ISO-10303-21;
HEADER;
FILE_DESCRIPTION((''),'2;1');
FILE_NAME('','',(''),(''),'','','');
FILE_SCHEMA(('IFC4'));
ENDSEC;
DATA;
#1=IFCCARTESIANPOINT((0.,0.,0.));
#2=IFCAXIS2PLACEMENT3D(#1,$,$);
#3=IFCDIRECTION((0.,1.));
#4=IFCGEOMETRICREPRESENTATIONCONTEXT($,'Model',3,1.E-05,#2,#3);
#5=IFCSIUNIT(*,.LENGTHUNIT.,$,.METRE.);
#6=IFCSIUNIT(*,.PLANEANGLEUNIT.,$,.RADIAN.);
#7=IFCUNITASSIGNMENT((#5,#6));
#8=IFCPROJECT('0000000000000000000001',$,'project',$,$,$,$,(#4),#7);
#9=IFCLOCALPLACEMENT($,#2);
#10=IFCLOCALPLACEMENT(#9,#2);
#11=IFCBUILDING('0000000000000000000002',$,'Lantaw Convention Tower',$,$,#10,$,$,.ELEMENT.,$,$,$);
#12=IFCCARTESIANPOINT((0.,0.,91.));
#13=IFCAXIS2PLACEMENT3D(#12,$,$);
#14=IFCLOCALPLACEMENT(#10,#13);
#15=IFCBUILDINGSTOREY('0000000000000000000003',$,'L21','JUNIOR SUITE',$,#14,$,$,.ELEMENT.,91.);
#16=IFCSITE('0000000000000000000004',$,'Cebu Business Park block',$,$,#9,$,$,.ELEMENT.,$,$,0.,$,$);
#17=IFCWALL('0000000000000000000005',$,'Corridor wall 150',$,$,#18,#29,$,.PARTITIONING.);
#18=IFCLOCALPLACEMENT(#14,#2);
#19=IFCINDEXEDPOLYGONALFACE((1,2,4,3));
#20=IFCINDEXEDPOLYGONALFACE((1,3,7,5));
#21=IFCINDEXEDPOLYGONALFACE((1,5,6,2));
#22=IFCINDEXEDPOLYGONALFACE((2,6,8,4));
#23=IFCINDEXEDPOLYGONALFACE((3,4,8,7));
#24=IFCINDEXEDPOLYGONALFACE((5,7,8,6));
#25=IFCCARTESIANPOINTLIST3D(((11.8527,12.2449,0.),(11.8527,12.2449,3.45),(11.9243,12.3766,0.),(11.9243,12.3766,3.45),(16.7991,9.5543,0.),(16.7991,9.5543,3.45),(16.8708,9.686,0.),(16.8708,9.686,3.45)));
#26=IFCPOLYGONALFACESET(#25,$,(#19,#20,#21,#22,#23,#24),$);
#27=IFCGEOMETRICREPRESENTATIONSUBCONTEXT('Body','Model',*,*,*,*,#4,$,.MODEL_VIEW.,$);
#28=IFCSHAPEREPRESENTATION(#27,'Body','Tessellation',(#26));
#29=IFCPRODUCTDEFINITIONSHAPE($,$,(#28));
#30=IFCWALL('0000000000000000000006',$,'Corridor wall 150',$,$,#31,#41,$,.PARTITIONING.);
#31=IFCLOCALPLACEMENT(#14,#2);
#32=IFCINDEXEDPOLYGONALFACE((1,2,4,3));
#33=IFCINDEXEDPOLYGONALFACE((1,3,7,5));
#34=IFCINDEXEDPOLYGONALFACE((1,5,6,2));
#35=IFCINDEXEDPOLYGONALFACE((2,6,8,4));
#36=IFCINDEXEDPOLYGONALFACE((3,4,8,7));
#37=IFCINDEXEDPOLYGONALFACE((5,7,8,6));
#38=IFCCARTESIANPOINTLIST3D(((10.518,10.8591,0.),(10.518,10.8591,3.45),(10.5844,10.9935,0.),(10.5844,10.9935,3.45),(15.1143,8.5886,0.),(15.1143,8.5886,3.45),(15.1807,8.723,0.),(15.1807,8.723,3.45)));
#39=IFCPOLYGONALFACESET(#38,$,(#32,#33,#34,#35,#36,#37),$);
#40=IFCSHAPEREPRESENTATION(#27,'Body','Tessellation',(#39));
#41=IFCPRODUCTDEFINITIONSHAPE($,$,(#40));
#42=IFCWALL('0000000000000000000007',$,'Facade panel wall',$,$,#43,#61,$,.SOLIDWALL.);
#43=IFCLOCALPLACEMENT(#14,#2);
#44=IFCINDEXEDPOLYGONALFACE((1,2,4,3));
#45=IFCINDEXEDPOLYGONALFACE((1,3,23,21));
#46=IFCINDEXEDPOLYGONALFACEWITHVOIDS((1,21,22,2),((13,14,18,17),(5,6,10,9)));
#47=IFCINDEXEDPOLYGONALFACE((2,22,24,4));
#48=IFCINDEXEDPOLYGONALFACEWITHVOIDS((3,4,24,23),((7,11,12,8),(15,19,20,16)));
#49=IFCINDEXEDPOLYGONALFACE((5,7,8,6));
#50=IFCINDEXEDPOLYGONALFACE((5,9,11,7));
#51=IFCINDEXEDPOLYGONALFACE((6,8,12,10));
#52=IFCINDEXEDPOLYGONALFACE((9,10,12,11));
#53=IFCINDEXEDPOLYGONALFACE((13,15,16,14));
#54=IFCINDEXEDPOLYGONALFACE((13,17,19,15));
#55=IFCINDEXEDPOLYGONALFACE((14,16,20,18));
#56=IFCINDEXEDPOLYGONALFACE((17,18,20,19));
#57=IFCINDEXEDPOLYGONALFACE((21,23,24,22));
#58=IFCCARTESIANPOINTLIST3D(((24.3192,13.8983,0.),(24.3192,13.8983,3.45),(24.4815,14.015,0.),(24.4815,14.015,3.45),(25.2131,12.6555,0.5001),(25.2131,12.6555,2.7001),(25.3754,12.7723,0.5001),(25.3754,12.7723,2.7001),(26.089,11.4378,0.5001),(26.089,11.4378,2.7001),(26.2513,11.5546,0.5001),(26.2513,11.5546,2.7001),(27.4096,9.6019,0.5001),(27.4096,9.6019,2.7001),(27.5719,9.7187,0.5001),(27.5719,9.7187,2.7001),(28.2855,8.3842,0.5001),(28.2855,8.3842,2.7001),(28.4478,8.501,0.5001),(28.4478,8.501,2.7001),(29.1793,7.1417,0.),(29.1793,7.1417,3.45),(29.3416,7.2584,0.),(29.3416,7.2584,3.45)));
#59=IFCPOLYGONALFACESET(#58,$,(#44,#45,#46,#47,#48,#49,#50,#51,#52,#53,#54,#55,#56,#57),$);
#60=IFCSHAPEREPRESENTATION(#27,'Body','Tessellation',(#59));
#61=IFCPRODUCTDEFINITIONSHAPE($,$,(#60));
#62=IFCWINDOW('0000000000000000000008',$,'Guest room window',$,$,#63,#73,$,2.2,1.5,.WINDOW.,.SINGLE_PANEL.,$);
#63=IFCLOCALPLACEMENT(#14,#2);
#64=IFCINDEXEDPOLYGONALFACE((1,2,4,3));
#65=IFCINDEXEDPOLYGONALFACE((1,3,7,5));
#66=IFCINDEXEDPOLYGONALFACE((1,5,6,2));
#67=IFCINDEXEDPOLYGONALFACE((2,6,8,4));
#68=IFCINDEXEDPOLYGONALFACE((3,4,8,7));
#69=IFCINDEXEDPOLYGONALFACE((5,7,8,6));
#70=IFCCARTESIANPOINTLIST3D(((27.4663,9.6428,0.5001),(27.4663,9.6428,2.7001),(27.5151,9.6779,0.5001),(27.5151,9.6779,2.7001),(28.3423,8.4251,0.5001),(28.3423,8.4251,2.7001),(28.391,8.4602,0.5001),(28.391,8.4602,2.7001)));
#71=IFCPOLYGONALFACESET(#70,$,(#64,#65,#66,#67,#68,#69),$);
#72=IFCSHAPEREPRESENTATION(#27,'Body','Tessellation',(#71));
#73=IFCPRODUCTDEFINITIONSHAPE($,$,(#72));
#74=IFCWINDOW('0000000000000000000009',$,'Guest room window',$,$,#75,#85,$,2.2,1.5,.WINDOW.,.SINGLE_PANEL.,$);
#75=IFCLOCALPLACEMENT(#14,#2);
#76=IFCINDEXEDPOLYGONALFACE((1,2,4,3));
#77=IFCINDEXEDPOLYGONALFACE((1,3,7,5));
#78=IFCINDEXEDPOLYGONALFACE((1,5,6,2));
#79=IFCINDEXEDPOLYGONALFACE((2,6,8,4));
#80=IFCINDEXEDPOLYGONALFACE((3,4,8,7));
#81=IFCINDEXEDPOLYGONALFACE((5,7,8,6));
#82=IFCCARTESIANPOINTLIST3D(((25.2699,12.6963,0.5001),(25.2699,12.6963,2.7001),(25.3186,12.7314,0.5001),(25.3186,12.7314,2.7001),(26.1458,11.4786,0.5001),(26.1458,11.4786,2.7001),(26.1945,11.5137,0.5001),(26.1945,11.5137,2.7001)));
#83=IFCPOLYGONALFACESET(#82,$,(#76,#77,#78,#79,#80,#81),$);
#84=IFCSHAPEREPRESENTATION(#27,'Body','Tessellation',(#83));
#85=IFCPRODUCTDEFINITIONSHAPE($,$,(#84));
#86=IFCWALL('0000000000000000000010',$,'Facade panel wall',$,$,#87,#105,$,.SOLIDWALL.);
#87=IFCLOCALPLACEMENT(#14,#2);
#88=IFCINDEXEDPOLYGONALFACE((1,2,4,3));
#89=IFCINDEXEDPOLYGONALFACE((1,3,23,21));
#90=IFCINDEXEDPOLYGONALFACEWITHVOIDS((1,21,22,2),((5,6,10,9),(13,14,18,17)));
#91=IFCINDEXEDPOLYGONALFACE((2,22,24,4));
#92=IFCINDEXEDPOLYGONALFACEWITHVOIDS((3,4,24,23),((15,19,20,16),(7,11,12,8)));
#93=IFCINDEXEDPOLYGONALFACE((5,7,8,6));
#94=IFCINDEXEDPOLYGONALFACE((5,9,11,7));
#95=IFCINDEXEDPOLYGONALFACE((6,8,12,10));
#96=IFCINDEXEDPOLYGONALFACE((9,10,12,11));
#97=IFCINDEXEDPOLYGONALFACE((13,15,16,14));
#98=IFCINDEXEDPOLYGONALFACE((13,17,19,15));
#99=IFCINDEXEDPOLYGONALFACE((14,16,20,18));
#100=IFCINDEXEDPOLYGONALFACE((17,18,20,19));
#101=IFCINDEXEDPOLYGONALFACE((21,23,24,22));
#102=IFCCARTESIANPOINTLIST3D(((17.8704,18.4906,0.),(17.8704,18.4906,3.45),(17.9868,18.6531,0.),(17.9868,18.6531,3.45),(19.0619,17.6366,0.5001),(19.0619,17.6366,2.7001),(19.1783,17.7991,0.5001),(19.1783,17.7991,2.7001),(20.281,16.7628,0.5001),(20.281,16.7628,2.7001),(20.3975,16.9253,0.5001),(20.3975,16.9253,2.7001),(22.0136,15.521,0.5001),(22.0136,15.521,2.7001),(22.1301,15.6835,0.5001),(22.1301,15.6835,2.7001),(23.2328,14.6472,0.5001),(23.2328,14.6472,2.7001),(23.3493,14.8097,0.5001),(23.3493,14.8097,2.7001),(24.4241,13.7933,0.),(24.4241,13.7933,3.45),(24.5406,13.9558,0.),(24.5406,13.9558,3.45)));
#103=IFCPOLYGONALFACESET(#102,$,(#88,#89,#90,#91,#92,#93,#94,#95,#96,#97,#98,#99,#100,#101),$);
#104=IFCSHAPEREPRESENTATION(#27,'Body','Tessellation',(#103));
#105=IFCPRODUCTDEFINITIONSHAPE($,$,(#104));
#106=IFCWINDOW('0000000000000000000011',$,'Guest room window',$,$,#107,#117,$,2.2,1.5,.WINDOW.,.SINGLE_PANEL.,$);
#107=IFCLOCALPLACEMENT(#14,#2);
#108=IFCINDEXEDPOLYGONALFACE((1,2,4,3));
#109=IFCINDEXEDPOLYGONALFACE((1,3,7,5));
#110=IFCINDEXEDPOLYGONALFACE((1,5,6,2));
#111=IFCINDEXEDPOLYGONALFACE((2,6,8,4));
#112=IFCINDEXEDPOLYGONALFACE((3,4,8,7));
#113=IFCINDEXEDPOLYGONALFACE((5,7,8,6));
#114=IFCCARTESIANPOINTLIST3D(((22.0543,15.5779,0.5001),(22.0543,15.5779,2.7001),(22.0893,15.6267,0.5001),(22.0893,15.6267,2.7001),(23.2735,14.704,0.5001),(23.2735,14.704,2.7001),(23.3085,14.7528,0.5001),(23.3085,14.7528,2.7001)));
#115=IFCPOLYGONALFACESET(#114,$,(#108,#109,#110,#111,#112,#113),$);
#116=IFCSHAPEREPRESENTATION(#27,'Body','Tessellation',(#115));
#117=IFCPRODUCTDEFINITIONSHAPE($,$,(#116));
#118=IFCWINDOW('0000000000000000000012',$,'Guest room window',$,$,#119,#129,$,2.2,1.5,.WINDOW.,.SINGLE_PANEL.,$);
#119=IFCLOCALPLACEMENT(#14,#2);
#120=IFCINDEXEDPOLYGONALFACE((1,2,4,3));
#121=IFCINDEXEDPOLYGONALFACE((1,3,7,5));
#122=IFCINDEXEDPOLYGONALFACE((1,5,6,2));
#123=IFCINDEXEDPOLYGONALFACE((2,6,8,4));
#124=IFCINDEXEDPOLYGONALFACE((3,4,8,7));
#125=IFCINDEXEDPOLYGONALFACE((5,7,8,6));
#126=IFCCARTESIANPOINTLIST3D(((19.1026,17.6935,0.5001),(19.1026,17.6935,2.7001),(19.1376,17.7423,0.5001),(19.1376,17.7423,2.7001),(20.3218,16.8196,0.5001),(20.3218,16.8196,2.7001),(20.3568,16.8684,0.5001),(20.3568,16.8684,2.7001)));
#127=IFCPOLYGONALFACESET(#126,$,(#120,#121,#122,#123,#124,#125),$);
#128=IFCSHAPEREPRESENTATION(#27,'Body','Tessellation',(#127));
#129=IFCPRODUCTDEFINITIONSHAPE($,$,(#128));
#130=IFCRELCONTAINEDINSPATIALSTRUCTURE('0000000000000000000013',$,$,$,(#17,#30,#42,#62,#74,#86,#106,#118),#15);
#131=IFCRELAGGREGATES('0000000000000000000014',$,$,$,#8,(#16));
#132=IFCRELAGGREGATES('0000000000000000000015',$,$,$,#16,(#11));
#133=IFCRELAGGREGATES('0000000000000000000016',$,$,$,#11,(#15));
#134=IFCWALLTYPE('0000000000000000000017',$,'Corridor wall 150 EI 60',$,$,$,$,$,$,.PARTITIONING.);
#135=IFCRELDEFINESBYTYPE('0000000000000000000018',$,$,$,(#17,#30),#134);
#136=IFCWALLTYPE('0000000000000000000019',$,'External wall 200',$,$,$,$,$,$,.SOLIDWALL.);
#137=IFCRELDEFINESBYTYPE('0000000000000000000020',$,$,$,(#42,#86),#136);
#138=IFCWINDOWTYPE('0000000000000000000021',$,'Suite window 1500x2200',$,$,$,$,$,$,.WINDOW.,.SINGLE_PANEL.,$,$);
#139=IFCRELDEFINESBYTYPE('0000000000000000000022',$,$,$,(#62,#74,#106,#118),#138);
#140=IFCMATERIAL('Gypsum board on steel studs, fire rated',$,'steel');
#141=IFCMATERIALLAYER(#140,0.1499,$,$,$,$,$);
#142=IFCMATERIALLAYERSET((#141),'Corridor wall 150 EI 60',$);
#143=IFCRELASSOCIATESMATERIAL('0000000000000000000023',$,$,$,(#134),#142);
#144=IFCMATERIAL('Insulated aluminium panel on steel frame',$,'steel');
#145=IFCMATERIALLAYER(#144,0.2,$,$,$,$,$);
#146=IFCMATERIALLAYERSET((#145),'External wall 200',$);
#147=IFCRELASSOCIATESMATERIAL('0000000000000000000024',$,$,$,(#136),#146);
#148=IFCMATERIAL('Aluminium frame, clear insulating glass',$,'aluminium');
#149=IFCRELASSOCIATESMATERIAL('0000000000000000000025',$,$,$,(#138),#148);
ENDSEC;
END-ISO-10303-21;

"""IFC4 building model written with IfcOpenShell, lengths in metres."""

from ifc_helpers import new_model, si_unit, direction, frame, frame_2d, origin, place, context, subcontext, project, spatial, rectangle, extrude, material, layer, layer_set, type_object, element, fill, save


model = new_model("IFC4")

# Units and contexts
model_context = context("Model", 3, precision=1e-05, world=origin(), true_north=direction((0.0, 1.0)))
body_context = subcontext(model_context, "Body", "Model", "MODEL_VIEW")
ifc_project = project(units=[si_unit("LENGTHUNIT", "METRE"), si_unit("PLANEANGLEUNIT", "RADIAN")], contexts=[model_context])

# Site, building, storey
site_placement = place(None, origin())
site = spatial("IfcSite", under=ifc_project, at=site_placement, Name="Cebu Business Park block", CompositionType="ELEMENT", RefElevation=0.0)
building_placement = place(site_placement, origin())
building = spatial("IfcBuilding", under=site, at=building_placement, Name="Lantaw Convention Tower", CompositionType="ELEMENT")
storey_placement = place(building_placement, frame((0.0, 0.0, 91.0)))
storey = spatial("IfcBuildingStorey", under=building, at=storey_placement, Name="L21", Description="JUNIOR SUITE", CompositionType="ELEMENT", Elevation=91.0)

# Walls
ifc_material_1 = material(Name="Gypsum board on steel studs, fire rated", Category="steel")
ifc_layer_1 = layer(ifc_material_1, 0.1499)
ifc_layer_set_1 = layer_set([ifc_layer_1], Name="Corridor wall 150 EI 60")
wall_type_1 = type_object("IfcWallType", Name="Corridor wall 150 EI 60", PredefinedType="PARTITIONING", material=ifc_layer_set_1)
wall_1_placement = place(storey_placement, frame((16.835, 9.6201, 0.0), z_axis=(0.0, 0.0, 1.0), x_axis=(-0.87845, 0.477834, 0.0)))
element("IfcWall", 1, at=wall_1_placement, inside=storey, type_object=wall_type_1, Name="Corridor wall 150", PredefinedType="PARTITIONING", context=body_context, shape_type="SweptSolid", body=[
    extrude(rectangle(XDim=5.6309, YDim=0.1499, at=frame_2d((2.8154, 0.0))), origin(), (0.0, 0.0, 1.0), 3.45),
])
wall_2_placement = place(storey_placement, frame((15.1475, 8.6558, 0.0), z_axis=(0.0, 0.0, 1.0), x_axis=(-0.896569, 0.442903, 0.0)))
element("IfcWall", 2, at=wall_2_placement, inside=storey, type_object=wall_type_1, Name="Corridor wall 150", PredefinedType="PARTITIONING", context=body_context, shape_type="SweptSolid", body=[
    extrude(rectangle(XDim=5.1265, YDim=0.1499, at=frame_2d((2.5632, 0.0))), origin(), (0.0, 0.0, 1.0), 3.45),
])

# Walls, openings, windows
ifc_material_2 = material(Name="Insulated aluminium panel on steel frame", Category="steel")
ifc_layer_2 = layer(ifc_material_2, 0.2)
ifc_layer_set_2 = layer_set([ifc_layer_2], Name="External wall 200")
wall_type_2 = type_object("IfcWallType", Name="External wall 200", PredefinedType="SOLIDWALL", material=ifc_layer_set_2)
wall_3_placement = place(storey_placement, frame((29.2605, 7.2, 0.0), z_axis=(0.0, 0.0, 1.0), x_axis=(-0.583938, 0.811799, 0.0)))
wall_3 = element("IfcWall", 3, at=wall_3_placement, inside=storey, type_object=wall_type_2, Name="Facade panel wall", PredefinedType="SOLIDWALL", context=body_context, shape_type="SweptSolid", body=[
    extrude(rectangle(XDim=8.323, YDim=0.2, at=frame_2d((4.1616, 0.0))), origin(), (0.0, 0.0, 1.0), 3.45),
])
opening_1_placement = place(wall_3_placement, frame((1.5308, 0.0, 0.5)))
opening_1 = element("IfcOpeningElement", 4, at=opening_1_placement, cuts=wall_3, PredefinedType="OPENING", context=body_context, shape_type="SweptSolid", body=[
    extrude(rectangle(XDim=1.5, YDim=2.2, at=frame_2d((0.75, 1.1001))), frame((0.0, 0.1099, 0.0), z_axis=(0.0, -1.0, 0.0), x_axis=(1.0, 0.0, 0.0)), (0.0, 0.0, 1.0), 0.22),
])
opening_2_placement = place(wall_3_placement, frame((5.2922, 0.0, 0.5)))
opening_2 = element("IfcOpeningElement", 5, at=opening_2_placement, cuts=wall_3, PredefinedType="OPENING", context=body_context, shape_type="SweptSolid", body=[
    extrude(rectangle(XDim=1.5, YDim=2.2, at=frame_2d((0.75, 1.1001))), frame((0.0, 0.1099, 0.0), z_axis=(0.0, -1.0, 0.0), x_axis=(1.0, 0.0, 0.0)), (0.0, 0.0, 1.0), 0.22),
])
ifc_material_3 = material(Name="Aluminium frame, clear insulating glass", Category="aluminium")
window_type = type_object("IfcWindowType", Name="Suite window 1500x2200", PartitioningType="SINGLE_PANEL", PredefinedType="WINDOW", material=ifc_material_3)
window_1_placement = place(opening_1_placement, origin())
window_1 = element("IfcWindow", 6, at=window_1_placement, inside=storey, type_object=window_type, Name="Guest room window", OverallHeight=2.2, OverallWidth=1.5, PartitioningType="SINGLE_PANEL", PredefinedType="WINDOW", context=body_context, shape_type="SweptSolid", body=[
    extrude(rectangle(XDim=1.5, YDim=2.2, at=frame_2d((0.75, 1.1001))), frame((0.0, 0.03, 0.0), z_axis=(0.0, -1.0, 0.0), x_axis=(1.0, 0.0, 0.0)), (0.0, 0.0, 1.0), 0.0601),
])
fill(opening_1, window_1)
window_2_placement = place(opening_2_placement, origin())
window_2 = element("IfcWindow", 7, at=window_2_placement, inside=storey, type_object=window_type, Name="Guest room window", OverallHeight=2.2, OverallWidth=1.5, PartitioningType="SINGLE_PANEL", PredefinedType="WINDOW", context=body_context, shape_type="SweptSolid", body=[
    extrude(rectangle(XDim=1.5, YDim=2.2, at=frame_2d((0.75, 1.1001))), frame((0.0, 0.03, 0.0), z_axis=(0.0, -1.0, 0.0), x_axis=(1.0, 0.0, 0.0)), (0.0, 0.0, 1.0), 0.0601),
])
fill(opening_2, window_2)
wall_4_placement = place(storey_placement, frame((24.4824, 13.8745, 0.0), z_axis=(0.0, 0.0, 1.0), x_axis=(-0.812791, 0.582555, 0.0)))
wall_4 = element("IfcWall", 8, at=wall_4_placement, inside=storey, type_object=wall_type_2, Name="Facade panel wall", PredefinedType="SOLIDWALL", context=body_context, shape_type="SweptSolid", body=[
    extrude(rectangle(XDim=8.0632, YDim=0.2, at=frame_2d((4.0317, 0.0))), origin(), (0.0, 0.0, 1.0), 3.45),
])
opening_3_placement = place(wall_4_placement, frame((1.4658, 0.0, 0.5)))
opening_3 = element("IfcOpeningElement", 9, at=opening_3_placement, cuts=wall_4, PredefinedType="OPENING", context=body_context, shape_type="SweptSolid", body=[
    extrude(rectangle(XDim=1.5, YDim=2.2, at=frame_2d((0.75, 1.1001))), frame((0.0, 0.1099, 0.0), z_axis=(0.0, -1.0, 0.0), x_axis=(1.0, 0.0, 0.0)), (0.0, 0.0, 1.0), 0.22),
])
opening_4_placement = place(wall_4_placement, frame((5.0974, 0.0, 0.5)))
opening_4 = element("IfcOpeningElement", 10, at=opening_4_placement, cuts=wall_4, PredefinedType="OPENING", context=body_context, shape_type="SweptSolid", body=[
    extrude(rectangle(XDim=1.5, YDim=2.2, at=frame_2d((0.75, 1.1001))), frame((0.0, 0.1099, 0.0), z_axis=(0.0, -1.0, 0.0), x_axis=(1.0, 0.0, 0.0)), (0.0, 0.0, 1.0), 0.22),
])
window_3_placement = place(opening_3_placement, origin())
window_3 = element("IfcWindow", 11, at=window_3_placement, inside=storey, type_object=window_type, Name="Guest room window", OverallHeight=2.2, OverallWidth=1.5, PartitioningType="SINGLE_PANEL", PredefinedType="WINDOW", context=body_context, shape_type="SweptSolid", body=[
    extrude(rectangle(XDim=1.5, YDim=2.2, at=frame_2d((0.75, 1.1001))), frame((0.0, 0.03, 0.0), z_axis=(0.0, -1.0, 0.0), x_axis=(1.0, 0.0, 0.0)), (0.0, 0.0, 1.0), 0.0601),
])
fill(opening_3, window_3)
window_4_placement = place(opening_4_placement, origin())
window_4 = element("IfcWindow", 12, at=window_4_placement, inside=storey, type_object=window_type, Name="Guest room window", OverallHeight=2.2, OverallWidth=1.5, PartitioningType="SINGLE_PANEL", PredefinedType="WINDOW", context=body_context, shape_type="SweptSolid", body=[
    extrude(rectangle(XDim=1.5, YDim=2.2, at=frame_2d((0.75, 1.1001))), frame((0.0, 0.03, 0.0), z_axis=(0.0, -1.0, 0.0), x_axis=(1.0, 0.0, 0.0)), (0.0, 0.0, 1.0), 0.0601),
])
fill(opening_4, window_4)

save(model, "model.ifc")
